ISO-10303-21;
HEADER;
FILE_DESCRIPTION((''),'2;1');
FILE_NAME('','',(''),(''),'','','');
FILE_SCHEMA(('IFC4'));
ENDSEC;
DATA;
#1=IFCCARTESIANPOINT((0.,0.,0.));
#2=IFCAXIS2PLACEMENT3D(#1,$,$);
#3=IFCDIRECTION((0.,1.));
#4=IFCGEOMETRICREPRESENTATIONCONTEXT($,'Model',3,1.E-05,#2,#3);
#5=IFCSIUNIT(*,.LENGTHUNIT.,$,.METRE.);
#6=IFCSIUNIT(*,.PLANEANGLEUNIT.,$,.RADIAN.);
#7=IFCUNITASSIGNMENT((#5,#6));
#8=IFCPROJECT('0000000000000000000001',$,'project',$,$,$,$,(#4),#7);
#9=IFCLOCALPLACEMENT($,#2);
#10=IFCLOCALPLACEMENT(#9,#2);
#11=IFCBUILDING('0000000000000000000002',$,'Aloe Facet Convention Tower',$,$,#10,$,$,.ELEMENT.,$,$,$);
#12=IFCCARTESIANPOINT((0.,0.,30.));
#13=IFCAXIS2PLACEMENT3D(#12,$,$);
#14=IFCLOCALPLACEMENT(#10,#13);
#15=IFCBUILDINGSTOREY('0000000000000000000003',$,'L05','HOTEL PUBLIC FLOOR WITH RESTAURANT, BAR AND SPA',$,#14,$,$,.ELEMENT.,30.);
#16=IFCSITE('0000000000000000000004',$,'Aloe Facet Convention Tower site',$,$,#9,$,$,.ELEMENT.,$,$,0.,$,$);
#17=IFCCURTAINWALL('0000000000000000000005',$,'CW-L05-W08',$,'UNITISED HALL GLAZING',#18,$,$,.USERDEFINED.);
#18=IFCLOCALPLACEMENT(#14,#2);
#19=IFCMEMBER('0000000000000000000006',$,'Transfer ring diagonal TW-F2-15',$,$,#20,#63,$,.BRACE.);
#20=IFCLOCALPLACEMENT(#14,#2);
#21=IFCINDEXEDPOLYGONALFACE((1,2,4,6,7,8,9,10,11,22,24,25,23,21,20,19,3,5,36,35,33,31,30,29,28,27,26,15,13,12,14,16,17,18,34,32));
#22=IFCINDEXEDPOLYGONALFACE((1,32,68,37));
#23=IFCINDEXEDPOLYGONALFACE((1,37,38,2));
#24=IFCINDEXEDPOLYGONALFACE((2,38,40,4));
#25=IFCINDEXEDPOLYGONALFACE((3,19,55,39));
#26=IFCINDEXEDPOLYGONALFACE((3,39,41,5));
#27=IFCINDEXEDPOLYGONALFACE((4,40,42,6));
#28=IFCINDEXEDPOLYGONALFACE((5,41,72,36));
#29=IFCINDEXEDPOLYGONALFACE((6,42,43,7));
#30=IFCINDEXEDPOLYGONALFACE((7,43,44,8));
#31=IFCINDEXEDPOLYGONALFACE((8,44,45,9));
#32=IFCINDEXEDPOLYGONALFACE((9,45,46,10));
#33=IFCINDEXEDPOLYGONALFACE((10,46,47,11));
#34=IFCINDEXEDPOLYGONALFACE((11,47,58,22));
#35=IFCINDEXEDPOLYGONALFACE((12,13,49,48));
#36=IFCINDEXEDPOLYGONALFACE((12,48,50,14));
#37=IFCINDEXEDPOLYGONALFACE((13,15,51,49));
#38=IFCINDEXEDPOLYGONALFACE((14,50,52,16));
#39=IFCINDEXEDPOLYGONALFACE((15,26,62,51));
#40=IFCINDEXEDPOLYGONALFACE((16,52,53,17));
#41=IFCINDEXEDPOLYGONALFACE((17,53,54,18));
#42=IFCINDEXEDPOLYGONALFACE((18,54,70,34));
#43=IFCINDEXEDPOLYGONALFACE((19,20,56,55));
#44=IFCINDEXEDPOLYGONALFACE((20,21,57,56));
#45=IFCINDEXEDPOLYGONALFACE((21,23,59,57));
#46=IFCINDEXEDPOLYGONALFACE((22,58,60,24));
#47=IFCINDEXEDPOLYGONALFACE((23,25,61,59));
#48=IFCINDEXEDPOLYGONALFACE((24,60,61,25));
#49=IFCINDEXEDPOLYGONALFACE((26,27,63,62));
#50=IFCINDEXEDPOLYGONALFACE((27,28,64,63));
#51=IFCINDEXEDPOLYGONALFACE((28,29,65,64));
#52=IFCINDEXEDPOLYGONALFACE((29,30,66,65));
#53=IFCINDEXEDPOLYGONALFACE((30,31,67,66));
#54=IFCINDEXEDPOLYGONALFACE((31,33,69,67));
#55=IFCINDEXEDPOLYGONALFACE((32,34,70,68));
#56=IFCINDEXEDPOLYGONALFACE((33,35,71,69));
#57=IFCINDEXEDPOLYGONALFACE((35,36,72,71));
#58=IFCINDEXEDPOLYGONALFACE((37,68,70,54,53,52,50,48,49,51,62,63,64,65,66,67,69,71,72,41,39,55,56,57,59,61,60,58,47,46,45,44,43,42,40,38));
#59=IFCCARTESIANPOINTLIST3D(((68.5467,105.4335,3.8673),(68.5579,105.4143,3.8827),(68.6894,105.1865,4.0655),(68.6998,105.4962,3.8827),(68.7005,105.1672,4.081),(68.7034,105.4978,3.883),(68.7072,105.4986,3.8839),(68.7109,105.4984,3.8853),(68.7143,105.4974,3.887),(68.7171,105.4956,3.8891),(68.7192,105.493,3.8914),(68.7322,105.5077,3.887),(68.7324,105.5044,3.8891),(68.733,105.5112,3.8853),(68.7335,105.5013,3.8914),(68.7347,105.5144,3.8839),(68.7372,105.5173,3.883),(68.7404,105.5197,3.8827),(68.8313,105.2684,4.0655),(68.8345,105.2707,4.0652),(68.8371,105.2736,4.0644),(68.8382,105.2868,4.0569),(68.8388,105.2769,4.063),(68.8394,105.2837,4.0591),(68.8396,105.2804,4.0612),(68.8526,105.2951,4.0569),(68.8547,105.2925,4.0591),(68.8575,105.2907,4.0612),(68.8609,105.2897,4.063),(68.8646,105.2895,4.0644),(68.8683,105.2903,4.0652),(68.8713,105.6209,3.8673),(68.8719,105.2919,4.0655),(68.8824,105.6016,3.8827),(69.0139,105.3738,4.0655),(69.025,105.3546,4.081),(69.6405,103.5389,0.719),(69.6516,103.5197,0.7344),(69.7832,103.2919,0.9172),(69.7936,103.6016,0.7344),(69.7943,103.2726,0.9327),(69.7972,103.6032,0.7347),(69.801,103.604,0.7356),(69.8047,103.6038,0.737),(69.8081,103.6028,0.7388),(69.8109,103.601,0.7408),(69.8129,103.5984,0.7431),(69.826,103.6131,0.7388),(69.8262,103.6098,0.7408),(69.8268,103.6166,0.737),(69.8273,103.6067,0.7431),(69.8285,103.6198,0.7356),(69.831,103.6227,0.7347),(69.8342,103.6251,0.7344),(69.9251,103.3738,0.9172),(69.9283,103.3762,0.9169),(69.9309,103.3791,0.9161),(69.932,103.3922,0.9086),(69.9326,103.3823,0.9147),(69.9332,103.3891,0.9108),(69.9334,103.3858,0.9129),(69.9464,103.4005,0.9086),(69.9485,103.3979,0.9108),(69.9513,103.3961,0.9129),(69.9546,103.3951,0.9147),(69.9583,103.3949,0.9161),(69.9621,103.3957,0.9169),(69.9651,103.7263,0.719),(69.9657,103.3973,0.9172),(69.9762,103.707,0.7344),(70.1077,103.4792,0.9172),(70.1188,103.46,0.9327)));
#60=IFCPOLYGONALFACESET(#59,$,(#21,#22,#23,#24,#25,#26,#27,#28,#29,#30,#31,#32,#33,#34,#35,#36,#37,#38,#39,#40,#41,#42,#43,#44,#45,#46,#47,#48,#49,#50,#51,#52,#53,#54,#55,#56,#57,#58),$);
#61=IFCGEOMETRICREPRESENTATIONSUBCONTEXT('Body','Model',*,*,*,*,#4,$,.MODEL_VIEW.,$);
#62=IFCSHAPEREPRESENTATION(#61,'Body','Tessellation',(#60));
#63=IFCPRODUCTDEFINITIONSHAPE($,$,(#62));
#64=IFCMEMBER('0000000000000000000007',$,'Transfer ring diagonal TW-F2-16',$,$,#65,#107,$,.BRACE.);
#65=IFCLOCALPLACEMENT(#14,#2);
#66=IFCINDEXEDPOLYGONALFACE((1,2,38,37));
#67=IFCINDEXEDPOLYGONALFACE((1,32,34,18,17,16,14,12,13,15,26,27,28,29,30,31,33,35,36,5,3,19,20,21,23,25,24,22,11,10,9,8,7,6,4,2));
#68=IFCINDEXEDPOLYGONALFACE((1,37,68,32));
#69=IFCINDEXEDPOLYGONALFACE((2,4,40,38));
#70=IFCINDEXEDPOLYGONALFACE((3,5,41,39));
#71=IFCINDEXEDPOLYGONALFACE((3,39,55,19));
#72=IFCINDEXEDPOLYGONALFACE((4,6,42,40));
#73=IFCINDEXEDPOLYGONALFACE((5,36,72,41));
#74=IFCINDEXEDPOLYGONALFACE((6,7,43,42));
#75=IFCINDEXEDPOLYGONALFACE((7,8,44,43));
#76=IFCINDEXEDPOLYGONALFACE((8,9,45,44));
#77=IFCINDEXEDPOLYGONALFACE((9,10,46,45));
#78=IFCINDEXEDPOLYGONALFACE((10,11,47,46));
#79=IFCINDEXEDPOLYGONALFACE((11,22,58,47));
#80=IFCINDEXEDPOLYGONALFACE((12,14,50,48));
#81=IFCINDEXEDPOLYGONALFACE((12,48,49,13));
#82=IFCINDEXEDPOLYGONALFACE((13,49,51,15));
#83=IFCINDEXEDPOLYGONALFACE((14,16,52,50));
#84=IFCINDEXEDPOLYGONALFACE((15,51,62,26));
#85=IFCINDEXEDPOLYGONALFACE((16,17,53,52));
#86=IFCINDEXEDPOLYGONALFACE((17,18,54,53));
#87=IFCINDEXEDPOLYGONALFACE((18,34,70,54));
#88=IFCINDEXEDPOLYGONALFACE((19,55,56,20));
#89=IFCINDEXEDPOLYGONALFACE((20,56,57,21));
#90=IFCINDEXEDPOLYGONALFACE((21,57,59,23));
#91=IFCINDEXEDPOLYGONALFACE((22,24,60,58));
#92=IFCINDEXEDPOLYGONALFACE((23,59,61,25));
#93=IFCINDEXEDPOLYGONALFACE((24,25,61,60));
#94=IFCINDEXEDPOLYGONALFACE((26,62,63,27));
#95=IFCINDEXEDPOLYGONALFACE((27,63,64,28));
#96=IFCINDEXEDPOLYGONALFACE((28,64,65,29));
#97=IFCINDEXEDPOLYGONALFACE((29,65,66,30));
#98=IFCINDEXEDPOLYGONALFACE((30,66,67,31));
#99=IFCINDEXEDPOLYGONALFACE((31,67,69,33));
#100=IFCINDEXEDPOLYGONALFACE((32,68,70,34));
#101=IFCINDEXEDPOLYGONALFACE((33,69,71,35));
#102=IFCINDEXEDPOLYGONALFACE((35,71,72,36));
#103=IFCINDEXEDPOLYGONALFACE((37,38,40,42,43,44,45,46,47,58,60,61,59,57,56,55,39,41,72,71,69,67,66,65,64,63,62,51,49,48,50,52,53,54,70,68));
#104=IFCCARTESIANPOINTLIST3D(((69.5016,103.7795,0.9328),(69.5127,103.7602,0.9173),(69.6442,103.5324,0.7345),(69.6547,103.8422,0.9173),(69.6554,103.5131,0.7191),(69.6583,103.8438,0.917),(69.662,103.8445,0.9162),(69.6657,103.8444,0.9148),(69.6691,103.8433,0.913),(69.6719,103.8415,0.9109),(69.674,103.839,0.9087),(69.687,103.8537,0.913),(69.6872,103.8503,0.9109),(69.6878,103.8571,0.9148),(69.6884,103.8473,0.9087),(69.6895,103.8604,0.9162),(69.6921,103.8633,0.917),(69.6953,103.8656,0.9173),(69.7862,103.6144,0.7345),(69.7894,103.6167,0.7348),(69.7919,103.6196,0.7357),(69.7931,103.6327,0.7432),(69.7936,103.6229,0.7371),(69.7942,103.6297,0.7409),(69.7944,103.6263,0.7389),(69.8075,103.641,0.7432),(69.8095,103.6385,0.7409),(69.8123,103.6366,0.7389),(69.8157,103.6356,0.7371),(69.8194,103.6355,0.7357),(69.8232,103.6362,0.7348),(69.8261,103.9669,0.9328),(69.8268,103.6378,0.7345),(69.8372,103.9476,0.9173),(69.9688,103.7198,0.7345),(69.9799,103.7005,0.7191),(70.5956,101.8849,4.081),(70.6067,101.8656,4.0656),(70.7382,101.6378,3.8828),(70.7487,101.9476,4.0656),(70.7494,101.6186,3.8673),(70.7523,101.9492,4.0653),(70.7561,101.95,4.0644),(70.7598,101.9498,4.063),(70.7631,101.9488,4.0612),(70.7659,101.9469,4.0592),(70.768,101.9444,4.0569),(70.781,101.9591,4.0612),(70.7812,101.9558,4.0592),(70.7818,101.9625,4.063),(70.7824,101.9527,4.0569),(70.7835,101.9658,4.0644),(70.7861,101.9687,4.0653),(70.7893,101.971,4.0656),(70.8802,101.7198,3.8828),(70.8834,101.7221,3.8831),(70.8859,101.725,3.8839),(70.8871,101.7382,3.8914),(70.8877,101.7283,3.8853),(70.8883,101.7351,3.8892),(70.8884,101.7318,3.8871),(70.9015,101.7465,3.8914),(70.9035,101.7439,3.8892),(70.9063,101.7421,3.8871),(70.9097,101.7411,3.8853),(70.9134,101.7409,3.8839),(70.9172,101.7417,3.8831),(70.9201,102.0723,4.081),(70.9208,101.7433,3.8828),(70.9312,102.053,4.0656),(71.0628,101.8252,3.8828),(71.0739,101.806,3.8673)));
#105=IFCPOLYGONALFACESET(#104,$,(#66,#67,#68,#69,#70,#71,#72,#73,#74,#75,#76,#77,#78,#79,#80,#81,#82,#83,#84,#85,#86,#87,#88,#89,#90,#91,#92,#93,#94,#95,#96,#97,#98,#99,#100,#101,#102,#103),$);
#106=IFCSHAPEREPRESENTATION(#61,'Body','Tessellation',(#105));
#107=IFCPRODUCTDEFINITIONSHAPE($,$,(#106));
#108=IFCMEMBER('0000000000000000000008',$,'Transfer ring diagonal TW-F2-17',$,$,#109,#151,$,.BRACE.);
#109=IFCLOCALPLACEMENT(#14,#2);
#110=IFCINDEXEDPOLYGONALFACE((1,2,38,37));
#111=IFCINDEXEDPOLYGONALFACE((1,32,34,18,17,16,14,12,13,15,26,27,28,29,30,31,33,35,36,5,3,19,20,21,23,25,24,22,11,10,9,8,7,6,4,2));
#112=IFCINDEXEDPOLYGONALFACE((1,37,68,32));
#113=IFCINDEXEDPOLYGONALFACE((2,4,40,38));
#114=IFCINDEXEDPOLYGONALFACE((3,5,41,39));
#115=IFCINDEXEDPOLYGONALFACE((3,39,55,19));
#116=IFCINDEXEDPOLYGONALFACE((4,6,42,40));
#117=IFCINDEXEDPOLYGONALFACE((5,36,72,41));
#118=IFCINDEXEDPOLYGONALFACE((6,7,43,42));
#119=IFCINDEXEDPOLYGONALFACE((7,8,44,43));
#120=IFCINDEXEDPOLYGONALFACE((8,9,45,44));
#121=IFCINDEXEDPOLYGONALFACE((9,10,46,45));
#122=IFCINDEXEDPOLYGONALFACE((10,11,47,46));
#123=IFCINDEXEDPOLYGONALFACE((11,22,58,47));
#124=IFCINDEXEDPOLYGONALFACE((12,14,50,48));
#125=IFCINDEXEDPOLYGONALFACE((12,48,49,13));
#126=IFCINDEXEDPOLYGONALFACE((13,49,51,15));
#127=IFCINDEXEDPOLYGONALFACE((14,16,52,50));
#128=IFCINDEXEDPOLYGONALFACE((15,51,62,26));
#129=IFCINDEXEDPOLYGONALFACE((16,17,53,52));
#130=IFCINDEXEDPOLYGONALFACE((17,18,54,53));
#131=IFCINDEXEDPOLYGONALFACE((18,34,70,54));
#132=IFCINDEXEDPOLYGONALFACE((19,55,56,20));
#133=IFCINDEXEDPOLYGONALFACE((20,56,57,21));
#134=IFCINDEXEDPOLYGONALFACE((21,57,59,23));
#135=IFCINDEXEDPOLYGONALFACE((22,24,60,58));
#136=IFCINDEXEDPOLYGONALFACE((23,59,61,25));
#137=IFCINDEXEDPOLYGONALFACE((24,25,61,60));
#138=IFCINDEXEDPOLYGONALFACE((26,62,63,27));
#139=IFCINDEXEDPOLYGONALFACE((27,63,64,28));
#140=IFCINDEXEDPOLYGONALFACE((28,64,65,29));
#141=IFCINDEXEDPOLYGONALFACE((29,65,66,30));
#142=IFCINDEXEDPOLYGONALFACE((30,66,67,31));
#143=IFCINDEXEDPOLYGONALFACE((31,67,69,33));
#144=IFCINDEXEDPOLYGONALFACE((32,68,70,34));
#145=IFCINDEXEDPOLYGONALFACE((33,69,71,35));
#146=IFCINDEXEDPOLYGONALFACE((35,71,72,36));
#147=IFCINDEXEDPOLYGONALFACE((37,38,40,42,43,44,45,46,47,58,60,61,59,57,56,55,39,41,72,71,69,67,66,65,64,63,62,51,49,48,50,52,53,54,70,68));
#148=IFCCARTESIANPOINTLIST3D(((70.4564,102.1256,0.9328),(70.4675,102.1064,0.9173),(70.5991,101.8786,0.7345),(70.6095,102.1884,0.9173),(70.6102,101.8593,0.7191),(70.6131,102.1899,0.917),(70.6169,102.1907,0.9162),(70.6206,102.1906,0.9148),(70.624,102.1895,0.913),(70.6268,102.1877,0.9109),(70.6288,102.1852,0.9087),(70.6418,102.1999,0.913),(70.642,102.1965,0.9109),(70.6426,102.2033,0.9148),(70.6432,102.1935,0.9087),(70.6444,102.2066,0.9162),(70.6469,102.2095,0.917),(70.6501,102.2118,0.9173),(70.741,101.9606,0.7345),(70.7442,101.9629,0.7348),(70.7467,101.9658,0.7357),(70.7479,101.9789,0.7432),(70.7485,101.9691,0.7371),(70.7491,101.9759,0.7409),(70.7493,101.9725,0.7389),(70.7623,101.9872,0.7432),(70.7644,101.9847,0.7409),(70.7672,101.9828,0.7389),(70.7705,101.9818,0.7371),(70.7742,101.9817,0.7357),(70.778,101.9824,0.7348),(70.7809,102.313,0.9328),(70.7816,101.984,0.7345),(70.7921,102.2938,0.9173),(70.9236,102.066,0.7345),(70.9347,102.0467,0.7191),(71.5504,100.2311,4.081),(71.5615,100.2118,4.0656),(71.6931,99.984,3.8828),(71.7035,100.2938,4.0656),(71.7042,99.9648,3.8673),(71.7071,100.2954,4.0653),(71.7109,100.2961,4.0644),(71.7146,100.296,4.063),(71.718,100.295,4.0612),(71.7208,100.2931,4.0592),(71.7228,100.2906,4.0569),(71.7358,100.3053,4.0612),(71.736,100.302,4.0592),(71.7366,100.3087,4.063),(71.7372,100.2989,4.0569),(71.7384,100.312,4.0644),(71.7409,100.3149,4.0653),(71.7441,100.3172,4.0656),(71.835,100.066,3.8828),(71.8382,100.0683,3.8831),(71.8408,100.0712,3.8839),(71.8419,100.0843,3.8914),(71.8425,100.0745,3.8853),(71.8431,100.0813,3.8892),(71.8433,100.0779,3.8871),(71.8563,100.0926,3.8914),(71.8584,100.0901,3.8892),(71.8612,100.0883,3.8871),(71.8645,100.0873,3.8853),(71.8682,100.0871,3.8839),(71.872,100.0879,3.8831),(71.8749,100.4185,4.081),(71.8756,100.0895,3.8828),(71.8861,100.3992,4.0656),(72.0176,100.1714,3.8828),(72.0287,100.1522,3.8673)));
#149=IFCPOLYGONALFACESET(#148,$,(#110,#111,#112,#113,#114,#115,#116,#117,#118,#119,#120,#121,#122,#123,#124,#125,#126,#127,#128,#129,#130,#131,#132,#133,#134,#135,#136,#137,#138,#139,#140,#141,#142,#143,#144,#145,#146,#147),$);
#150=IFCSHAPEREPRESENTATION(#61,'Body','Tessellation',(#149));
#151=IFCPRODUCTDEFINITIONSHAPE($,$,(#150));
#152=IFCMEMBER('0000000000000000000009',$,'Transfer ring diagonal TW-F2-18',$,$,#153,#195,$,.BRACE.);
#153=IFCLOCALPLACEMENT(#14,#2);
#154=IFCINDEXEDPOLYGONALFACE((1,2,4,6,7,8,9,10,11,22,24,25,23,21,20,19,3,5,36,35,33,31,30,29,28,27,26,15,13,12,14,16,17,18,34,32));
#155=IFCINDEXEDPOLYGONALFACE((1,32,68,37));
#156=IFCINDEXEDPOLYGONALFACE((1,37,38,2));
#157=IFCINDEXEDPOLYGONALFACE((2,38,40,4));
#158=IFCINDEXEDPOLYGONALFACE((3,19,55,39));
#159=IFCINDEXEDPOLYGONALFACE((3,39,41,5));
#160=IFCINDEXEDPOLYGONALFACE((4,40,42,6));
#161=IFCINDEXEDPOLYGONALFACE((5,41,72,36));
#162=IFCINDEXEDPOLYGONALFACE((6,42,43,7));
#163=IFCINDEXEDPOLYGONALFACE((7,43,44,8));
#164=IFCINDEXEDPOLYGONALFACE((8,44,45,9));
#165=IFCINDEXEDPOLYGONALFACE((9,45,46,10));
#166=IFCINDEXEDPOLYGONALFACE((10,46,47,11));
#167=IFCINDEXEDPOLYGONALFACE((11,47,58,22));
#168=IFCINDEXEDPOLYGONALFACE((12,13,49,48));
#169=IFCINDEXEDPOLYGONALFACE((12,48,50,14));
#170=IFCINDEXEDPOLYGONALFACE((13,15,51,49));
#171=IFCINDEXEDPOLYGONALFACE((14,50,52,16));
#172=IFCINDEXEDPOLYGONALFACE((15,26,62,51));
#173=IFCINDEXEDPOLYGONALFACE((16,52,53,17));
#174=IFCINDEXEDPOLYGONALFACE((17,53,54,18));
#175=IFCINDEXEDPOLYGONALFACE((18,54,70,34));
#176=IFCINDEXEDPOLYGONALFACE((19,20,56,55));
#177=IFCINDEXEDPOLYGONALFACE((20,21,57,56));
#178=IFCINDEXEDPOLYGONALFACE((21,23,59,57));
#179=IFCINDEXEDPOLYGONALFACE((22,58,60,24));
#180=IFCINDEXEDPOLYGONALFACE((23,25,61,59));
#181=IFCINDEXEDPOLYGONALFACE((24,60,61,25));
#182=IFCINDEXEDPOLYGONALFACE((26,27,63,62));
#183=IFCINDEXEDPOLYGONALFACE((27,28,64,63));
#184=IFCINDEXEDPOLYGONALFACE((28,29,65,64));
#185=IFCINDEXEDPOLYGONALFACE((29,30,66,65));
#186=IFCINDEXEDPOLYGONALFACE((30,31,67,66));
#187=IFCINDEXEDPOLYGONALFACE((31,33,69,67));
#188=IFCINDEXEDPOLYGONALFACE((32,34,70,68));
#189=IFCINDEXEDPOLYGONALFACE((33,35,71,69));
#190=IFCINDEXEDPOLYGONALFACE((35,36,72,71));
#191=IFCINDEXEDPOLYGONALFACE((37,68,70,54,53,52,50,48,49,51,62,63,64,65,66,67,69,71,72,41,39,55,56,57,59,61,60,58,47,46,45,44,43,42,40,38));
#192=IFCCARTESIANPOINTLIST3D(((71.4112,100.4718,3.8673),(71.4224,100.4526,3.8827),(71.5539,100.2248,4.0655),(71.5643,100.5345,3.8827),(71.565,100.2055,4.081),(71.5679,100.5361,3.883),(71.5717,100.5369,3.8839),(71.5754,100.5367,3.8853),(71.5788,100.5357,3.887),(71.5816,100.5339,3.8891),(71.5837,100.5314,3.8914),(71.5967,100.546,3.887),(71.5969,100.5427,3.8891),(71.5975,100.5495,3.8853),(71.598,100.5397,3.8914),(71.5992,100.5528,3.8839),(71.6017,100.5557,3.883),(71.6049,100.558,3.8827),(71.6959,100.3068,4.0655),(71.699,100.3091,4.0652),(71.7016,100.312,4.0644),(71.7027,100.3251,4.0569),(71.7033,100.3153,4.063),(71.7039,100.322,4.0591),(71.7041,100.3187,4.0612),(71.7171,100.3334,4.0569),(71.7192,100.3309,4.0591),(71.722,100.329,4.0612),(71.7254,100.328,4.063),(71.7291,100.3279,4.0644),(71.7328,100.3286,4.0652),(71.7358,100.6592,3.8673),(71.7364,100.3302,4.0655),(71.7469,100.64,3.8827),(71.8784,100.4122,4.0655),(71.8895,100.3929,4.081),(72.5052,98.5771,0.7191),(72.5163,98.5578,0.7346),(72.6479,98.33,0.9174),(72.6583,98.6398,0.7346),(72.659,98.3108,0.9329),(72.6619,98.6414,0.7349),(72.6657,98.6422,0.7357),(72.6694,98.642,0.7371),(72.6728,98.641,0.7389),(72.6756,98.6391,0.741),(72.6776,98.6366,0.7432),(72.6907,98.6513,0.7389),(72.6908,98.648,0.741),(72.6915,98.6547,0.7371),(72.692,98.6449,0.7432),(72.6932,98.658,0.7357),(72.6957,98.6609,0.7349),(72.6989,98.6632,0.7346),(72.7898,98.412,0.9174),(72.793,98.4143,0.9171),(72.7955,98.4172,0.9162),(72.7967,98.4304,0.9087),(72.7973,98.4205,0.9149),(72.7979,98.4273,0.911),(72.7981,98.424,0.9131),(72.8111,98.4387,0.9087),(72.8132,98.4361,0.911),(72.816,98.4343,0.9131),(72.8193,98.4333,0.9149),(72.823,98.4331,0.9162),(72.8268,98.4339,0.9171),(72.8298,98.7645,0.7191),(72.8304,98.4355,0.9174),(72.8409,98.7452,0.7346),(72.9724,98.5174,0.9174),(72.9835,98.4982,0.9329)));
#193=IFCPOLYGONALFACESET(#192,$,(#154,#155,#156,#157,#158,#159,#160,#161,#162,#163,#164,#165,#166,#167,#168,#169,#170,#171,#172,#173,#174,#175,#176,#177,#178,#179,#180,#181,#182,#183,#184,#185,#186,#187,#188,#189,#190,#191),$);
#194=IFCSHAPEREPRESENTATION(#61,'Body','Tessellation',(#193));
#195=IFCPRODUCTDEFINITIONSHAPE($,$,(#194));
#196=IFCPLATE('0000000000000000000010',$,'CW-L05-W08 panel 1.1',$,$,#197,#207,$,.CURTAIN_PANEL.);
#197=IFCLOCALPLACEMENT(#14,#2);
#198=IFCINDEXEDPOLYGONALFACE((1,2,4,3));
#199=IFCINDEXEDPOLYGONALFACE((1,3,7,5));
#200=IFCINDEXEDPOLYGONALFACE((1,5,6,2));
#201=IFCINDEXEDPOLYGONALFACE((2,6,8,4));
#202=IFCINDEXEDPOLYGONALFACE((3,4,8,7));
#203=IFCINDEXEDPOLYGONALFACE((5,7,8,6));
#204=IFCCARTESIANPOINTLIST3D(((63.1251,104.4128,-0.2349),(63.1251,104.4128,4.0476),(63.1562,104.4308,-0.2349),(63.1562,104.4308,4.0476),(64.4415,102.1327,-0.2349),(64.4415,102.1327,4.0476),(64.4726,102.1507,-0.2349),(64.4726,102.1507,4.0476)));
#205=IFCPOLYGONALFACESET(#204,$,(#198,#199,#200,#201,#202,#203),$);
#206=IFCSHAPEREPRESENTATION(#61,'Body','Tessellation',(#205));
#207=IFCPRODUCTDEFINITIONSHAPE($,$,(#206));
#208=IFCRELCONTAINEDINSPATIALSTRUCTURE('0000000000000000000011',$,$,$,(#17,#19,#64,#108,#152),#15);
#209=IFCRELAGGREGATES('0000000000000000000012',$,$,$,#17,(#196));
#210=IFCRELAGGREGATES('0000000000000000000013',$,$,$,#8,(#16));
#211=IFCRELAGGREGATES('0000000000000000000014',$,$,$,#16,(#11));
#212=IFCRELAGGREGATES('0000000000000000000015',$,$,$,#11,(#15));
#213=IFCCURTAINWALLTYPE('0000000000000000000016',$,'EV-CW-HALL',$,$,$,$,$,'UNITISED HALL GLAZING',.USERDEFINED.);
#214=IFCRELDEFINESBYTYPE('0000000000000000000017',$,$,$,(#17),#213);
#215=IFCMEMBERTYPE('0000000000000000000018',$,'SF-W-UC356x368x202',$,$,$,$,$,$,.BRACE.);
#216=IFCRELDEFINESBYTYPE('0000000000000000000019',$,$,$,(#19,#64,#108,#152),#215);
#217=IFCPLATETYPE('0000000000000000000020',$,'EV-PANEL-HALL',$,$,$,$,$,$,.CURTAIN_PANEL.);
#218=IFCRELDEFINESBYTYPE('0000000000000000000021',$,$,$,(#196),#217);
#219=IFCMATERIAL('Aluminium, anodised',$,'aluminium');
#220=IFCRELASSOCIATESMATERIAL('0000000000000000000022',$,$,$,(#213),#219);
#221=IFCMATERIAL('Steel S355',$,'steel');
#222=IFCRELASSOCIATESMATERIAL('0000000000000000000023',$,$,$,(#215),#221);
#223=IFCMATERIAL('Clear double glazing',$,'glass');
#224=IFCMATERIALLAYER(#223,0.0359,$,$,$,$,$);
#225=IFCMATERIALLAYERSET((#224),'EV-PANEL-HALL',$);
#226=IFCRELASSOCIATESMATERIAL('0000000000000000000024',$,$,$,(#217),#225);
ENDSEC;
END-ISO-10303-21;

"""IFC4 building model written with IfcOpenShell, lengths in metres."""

from ifc_helpers import new_model, si_unit, direction, frame, origin, origin_2d, place, context, subcontext, project, spatial, rectangle, i_section, extrude, material, layer, layer_set, material_profile, profile_set, type_object, element, aggregate, save


model = new_model("IFC4")

# Units and contexts
model_context = context("Model", 3, precision=1e-05, world=origin(), true_north=direction((0.0, 1.0)))
body_context = subcontext(model_context, "Body", "Model", "MODEL_VIEW")
ifc_project = project(units=[si_unit("LENGTHUNIT", "METRE"), si_unit("PLANEANGLEUNIT", "RADIAN")], contexts=[model_context])

# Site, building, storey
site_placement = place(None, origin())
site = spatial("IfcSite", under=ifc_project, at=site_placement, Name="Aloe Facet Convention Tower site", CompositionType="ELEMENT", RefElevation=0.0)
building_placement = place(site_placement, origin())
building = spatial("IfcBuilding", under=site, at=building_placement, Name="Aloe Facet Convention Tower", CompositionType="ELEMENT")
storey_placement = place(building_placement, frame((0.0, 0.0, 30.0)))
storey = spatial("IfcBuildingStorey", under=building, at=storey_placement, Name="L05", Description="HOTEL PUBLIC FLOOR WITH RESTAURANT, BAR AND SPA", CompositionType="ELEMENT", Elevation=30.0)

# Curtain wall
ifc_material_1 = material(Name="Aluminium, anodised", Category="aluminium")
curtain_wall_type = type_object("IfcCurtainWallType", Name="EV-CW-HALL", ElementType="UNITISED HALL GLAZING", PredefinedType="USERDEFINED", material=ifc_material_1)
curtain_wall_placement = place(storey_placement, origin())
curtain_wall = element("IfcCurtainWall", 1, at=curtain_wall_placement, inside=storey, type_object=curtain_wall_type, Name="CW-L05-W08", ObjectType="UNITISED HALL GLAZING", PredefinedType="USERDEFINED")

# Members
ifc_material_2 = material(Name="Steel S355", Category="steel")
ifc_material_profile_1 = material_profile(ifc_material_2, i_section(OverallWidth=0.3748, OverallDepth=0.3745, WebThickness=0.0166, FlangeThickness=0.0271, FilletRadius=0.0151, at=origin_2d()), Name="UC 356x368x202")
ifc_profile_set_1 = profile_set([ifc_material_profile_1], Name="Steel S355")
member_type_1 = type_object("IfcMemberType", Name="SF-W-UC356x368x202", PredefinedType="BRACE", material=ifc_profile_set_1)
for number, where, z_axis, x_axis, name in (
    (2, (68.7859, 105.394, 3.9741), (0.285305, -0.494188, -0.821206), (0.866037, 0.49998, 0.0), "Transfer ring diagonal TW-F2-15"),
    (3, (69.7407, 103.74, 0.8259), (0.285363, -0.494179, 0.821191), (0.865989, 0.500064, 0.0), "Transfer ring diagonal TW-F2-16"),
    (4, (70.6956, 102.0862, 0.8259), (0.285363, -0.494179, 0.821191), (0.865989, 0.500064, 0.0), "Transfer ring diagonal TW-F2-17"),
    (5, (71.6504, 100.4324, 3.9741), (0.285354, -0.494227, -0.821165), (0.866016, 0.500015, 0.0), "Transfer ring diagonal TW-F2-18"),
):
    element("IfcMember", number, at=place(storey_placement, frame(where, z_axis=z_axis, x_axis=x_axis)), inside=storey, type_object=member_type_1, Name=name, PredefinedType="BRACE", context=body_context, shape_type="SweptSolid", body=[
        extrude(i_section(OverallWidth=0.3748, OverallDepth=0.3745, WebThickness=0.0166, FlangeThickness=0.0271, FilletRadius=0.0151, at=origin_2d()), origin(), (0.0, 0.0, 1.0), 3.8337),
    ])

# Plate
ifc_material_3 = material(Name="Clear double glazing", Category="glass")
ifc_layer_1 = layer(ifc_material_3, 0.0359)
ifc_layer_set_1 = layer_set([ifc_layer_1], Name="EV-PANEL-HALL")
plate_type = type_object("IfcPlateType", Name="EV-PANEL-HALL", PredefinedType="CURTAIN_PANEL", material=ifc_layer_set_1)
plate_1_placement = place(storey_placement, frame((63.7988, 103.2817, -0.2349), z_axis=(0.0, 0.0, 1.0), x_axis=(0.5, -0.866025, 0.0)))
plate_1 = element("IfcPlate", 6, at=plate_1_placement, type_object=plate_type, Name="CW-L05-W08 panel 1.1", PredefinedType="CURTAIN_PANEL", context=body_context, shape_type="SweptSolid", body=[
    extrude(rectangle(XDim=2.6328, YDim=0.0359, at=origin_2d()), origin(), (0.0, 0.0, 1.0), 4.2825),
])
aggregate(curtain_wall, [plate_1])

save(model, "model.ifc")
